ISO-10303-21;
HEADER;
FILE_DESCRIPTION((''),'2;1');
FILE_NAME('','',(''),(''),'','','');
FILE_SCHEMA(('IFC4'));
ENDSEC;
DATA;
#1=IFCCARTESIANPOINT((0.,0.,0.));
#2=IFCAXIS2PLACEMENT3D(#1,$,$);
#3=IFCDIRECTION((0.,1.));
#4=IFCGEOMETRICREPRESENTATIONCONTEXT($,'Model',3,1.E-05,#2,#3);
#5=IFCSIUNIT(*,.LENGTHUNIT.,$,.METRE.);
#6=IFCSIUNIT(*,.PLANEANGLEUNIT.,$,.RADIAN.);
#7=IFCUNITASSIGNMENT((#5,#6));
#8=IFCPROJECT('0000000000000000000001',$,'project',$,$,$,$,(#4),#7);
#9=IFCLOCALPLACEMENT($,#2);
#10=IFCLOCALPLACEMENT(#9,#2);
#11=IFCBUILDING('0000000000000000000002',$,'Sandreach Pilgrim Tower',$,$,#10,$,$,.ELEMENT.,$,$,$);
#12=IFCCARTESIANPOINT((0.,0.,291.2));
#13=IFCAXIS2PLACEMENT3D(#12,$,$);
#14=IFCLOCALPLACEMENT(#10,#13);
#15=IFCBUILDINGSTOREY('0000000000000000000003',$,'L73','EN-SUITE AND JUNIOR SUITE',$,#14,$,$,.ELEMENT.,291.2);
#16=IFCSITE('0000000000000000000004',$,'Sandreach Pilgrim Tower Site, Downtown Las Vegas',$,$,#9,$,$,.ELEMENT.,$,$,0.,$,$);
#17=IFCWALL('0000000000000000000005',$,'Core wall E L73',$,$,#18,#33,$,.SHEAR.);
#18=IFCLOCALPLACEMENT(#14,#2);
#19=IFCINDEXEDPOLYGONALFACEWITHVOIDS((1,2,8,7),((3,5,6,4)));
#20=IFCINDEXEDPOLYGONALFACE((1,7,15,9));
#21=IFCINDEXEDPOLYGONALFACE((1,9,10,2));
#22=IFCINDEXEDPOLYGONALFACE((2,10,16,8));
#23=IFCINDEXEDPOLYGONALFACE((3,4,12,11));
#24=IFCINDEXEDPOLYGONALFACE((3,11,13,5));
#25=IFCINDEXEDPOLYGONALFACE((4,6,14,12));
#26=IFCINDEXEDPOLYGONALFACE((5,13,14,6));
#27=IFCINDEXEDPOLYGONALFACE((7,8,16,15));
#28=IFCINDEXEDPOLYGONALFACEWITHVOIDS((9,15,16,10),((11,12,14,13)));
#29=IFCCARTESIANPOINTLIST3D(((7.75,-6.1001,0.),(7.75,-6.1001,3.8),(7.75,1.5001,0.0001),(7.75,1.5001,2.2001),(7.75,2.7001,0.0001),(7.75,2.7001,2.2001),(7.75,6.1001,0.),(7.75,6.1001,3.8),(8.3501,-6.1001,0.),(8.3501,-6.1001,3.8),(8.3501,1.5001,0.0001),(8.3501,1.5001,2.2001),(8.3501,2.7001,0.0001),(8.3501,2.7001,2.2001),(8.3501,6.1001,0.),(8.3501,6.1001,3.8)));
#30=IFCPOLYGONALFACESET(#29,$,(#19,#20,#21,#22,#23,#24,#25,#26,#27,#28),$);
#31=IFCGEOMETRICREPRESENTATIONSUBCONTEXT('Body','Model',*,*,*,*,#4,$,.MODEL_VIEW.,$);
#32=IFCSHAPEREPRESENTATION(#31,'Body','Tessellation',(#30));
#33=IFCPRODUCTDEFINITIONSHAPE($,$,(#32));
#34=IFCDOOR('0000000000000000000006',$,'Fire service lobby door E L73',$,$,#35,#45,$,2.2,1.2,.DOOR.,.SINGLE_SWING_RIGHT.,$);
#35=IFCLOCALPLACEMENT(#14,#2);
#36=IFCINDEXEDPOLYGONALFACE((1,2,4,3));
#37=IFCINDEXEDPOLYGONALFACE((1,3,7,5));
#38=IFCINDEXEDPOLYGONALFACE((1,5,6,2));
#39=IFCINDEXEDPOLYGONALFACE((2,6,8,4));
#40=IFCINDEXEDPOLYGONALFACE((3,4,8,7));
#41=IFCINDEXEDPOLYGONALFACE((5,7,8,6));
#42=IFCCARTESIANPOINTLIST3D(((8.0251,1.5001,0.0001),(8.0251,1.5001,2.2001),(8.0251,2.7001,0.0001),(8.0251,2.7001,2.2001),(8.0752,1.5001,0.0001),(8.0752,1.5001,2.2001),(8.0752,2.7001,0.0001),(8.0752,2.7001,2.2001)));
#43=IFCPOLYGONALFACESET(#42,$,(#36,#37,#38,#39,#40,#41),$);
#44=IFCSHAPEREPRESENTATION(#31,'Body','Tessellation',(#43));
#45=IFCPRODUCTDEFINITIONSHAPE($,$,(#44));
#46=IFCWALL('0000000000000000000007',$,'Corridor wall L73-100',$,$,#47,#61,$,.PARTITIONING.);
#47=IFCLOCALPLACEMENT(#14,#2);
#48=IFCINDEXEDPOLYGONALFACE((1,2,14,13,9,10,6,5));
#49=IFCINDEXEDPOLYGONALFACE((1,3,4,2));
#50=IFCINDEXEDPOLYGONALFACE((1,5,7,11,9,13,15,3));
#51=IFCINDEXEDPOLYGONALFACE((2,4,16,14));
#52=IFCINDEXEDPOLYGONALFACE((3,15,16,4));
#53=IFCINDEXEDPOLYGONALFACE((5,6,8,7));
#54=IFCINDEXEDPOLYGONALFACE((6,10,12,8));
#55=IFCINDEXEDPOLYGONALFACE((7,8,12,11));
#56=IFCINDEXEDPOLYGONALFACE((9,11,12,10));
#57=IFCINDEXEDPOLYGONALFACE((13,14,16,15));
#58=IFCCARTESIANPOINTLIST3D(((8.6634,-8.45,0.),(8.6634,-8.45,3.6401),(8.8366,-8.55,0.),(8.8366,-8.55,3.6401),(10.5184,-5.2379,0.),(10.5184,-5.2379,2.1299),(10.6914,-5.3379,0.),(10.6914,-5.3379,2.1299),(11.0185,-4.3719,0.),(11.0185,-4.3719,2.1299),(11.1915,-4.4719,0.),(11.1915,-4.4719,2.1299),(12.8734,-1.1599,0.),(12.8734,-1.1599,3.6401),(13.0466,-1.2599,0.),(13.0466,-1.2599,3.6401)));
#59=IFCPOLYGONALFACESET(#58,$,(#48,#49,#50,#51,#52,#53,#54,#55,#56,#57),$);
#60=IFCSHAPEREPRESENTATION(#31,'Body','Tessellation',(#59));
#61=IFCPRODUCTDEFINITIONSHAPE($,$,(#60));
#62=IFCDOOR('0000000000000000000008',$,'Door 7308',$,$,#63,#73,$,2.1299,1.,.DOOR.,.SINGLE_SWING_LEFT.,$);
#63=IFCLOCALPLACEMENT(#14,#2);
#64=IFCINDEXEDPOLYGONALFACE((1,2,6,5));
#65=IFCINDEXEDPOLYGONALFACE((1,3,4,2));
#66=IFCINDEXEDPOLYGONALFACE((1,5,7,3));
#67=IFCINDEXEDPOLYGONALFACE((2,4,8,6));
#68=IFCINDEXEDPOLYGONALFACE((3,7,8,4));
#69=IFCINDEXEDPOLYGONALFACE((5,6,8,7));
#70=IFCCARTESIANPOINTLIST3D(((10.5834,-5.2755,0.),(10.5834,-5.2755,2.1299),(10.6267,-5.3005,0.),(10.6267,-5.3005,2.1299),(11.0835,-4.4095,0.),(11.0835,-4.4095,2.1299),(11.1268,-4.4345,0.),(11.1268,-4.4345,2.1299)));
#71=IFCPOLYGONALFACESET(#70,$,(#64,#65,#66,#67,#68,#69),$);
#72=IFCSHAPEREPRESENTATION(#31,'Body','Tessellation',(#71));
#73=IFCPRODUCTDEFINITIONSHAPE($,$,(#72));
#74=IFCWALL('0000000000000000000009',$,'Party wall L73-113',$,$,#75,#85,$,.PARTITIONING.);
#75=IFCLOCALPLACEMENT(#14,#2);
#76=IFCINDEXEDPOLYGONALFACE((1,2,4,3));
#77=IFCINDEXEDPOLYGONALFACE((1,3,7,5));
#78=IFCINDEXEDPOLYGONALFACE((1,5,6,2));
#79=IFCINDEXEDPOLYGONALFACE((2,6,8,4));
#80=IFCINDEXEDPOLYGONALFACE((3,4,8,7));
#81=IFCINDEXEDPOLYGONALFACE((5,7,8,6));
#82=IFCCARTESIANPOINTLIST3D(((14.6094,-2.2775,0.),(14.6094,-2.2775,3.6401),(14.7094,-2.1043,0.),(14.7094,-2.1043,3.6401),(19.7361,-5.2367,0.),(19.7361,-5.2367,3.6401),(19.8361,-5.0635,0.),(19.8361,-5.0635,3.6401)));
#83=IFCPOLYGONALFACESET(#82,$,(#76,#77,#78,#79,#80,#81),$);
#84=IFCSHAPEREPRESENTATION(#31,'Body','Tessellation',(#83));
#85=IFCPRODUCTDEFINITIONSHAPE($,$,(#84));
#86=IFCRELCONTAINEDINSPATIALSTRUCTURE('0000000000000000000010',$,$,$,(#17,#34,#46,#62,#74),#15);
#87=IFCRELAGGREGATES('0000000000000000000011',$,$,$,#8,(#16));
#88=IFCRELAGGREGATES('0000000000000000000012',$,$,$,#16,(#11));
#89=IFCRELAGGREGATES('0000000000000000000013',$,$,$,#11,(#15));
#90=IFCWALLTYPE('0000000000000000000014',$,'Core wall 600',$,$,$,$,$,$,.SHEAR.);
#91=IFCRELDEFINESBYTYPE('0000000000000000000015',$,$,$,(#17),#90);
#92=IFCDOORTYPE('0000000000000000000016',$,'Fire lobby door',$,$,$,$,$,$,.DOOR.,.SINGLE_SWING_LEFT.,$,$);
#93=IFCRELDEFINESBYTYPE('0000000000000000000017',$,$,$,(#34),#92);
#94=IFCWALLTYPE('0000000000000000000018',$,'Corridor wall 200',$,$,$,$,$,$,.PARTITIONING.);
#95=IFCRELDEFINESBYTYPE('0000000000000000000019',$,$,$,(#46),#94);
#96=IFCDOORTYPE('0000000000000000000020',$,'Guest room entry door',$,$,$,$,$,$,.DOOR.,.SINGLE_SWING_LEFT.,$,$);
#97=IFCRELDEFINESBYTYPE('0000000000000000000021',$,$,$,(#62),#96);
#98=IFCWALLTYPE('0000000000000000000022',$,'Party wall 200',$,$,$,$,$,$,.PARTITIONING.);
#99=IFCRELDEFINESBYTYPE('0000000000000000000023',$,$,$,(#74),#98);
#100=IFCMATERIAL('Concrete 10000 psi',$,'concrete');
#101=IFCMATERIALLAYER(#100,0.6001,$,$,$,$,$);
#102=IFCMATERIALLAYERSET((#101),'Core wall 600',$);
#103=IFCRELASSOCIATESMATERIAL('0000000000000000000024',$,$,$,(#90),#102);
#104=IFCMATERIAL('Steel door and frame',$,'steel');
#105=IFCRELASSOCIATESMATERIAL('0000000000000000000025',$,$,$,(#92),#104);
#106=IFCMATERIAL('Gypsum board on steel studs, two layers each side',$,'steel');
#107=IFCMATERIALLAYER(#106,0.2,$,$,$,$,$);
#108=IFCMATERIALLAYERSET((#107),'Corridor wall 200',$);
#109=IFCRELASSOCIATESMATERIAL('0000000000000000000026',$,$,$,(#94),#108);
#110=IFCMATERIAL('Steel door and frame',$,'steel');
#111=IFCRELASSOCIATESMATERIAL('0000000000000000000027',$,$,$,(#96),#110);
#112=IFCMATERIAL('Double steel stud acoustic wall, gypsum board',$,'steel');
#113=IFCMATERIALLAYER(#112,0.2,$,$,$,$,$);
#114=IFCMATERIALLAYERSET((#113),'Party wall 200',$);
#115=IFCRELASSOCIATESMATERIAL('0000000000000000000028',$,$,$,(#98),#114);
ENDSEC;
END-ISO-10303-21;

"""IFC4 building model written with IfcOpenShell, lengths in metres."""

from ifc_helpers import new_model, si_unit, direction, frame, frame_2d, origin, place, context, subcontext, project, spatial, rectangle, extrude, material, layer, layer_set, type_object, element, fill, save


model = new_model("IFC4")

# Units and contexts
model_context = context("Model", 3, precision=1e-05, world=origin(), true_north=direction((0.0, 1.0)))
body_context = subcontext(model_context, "Body", "Model", "MODEL_VIEW")
ifc_project = project(units=[si_unit("LENGTHUNIT", "METRE"), si_unit("PLANEANGLEUNIT", "RADIAN")], contexts=[model_context])

# Site, building, storey
site_placement = place(None, origin())
site = spatial("IfcSite", under=ifc_project, at=site_placement, Name="Sandreach Pilgrim Tower Site, Downtown Las Vegas", CompositionType="ELEMENT", RefElevation=0.0)
building_placement = place(site_placement, origin())
building = spatial("IfcBuilding", under=site, at=building_placement, Name="Sandreach Pilgrim Tower", CompositionType="ELEMENT")
storey_placement = place(building_placement, frame((0.0, 0.0, 291.2)))
storey = spatial("IfcBuildingStorey", under=building, at=storey_placement, Name="L73", Description="EN-SUITE AND JUNIOR SUITE", CompositionType="ELEMENT", Elevation=291.2)

# Walls, openings, doors
ifc_material_1 = material(Name="Concrete 10000 psi", Category="concrete")
ifc_layer_1 = layer(ifc_material_1, 0.6001)
ifc_layer_set_1 = layer_set([ifc_layer_1], Name="Core wall 600")
wall_type_1 = type_object("IfcWallType", Name="Core wall 600", PredefinedType="SHEAR", material=ifc_layer_set_1)
wall_1_placement = place(storey_placement, frame((8.05, -6.1001, 0.0), z_axis=(0.0, 0.0, 1.0), x_axis=(0.0, 1.0, 0.0)))
wall_1 = element("IfcWall", 1, at=wall_1_placement, inside=storey, type_object=wall_type_1, Name="Core wall E L73", PredefinedType="SHEAR", context=body_context, shape_type="SweptSolid", body=[
    extrude(rectangle(XDim=12.2002, YDim=0.6001, at=frame_2d((6.1001, 0.0))), origin(), (0.0, 0.0, 1.0), 3.8),
])
opening_1_placement = place(wall_1_placement, frame((7.6001, 0.0, 0.0)))
opening_1 = element("IfcOpeningElement", 2, at=opening_1_placement, cuts=wall_1, PredefinedType="OPENING", context=body_context, shape_type="SweptSolid", body=[
    extrude(rectangle(XDim=1.2, YDim=2.2, at=frame_2d((0.6001, 1.1001))), frame((0.0, 0.3, 0.0), z_axis=(0.0, -1.0, 0.0), x_axis=(1.0, 0.0, 0.0)), (0.0, 0.0, 1.0), 0.6001),
])
ifc_material_2 = material(Name="Steel door and frame", Category="steel")
door_type_1 = type_object("IfcDoorType", Name="Fire lobby door", OperationType="SINGLE_SWING_LEFT", PredefinedType="DOOR", material=ifc_material_2)
door_1_placement = place(opening_1_placement, origin())
door_1 = element("IfcDoor", 3, at=door_1_placement, inside=storey, type_object=door_type_1, Name="Fire service lobby door E L73", OperationType="SINGLE_SWING_RIGHT", OverallHeight=2.2, OverallWidth=1.2, PredefinedType="DOOR", context=body_context, shape_type="SweptSolid", body=[
    extrude(rectangle(XDim=1.2, YDim=2.2, at=frame_2d((0.6001, 1.1001))), frame((0.0, 0.0249, 0.0), z_axis=(0.0, -1.0, 0.0), x_axis=(1.0, 0.0, 0.0)), (0.0, 0.0, 1.0), 0.05),
])
fill(opening_1, door_1)
ifc_material_3 = material(Name="Gypsum board on steel studs, two layers each side", Category="steel")
ifc_layer_2 = layer(ifc_material_3, 0.2)
ifc_layer_set_2 = layer_set([ifc_layer_2], Name="Corridor wall 200")
wall_type_2 = type_object("IfcWallType", Name="Corridor wall 200", PredefinedType="PARTITIONING", material=ifc_layer_set_2)
wall_2_placement = place(storey_placement, frame((8.75, -8.5, 0.0), z_axis=(0.0, 0.0, 1.0), x_axis=(0.500094, 0.865971, 0.0)))
wall_2 = element("IfcWall", 4, at=wall_2_placement, inside=storey, type_object=wall_type_2, Name="Corridor wall L73-100", PredefinedType="PARTITIONING", context=body_context, shape_type="SweptSolid", body=[
    extrude(rectangle(XDim=8.4185, YDim=0.2, at=frame_2d((4.2092, 0.0))), origin(), (0.0, 0.0, 1.0), 3.6401),
])
opening_2_placement = place(wall_2_placement, frame((3.7092, 0.0, 0.0)))
opening_2 = element("IfcOpeningElement", 5, at=opening_2_placement, cuts=wall_2, PredefinedType="OPENING", context=body_context, shape_type="SweptSolid", body=[
    extrude(rectangle(XDim=1.0, YDim=2.1299, at=frame_2d((0.5, 1.0649))), frame((0.0, 0.1001, 0.0), z_axis=(0.0, -1.0, 0.0), x_axis=(1.0, 0.0, 0.0)), (0.0, 0.0, 1.0), 0.2),
])
ifc_material_4 = material(Name="Steel door and frame", Category="steel")
door_type_2 = type_object("IfcDoorType", Name="Guest room entry door", OperationType="SINGLE_SWING_LEFT", PredefinedType="DOOR", material=ifc_material_4)
door_2_placement = place(opening_2_placement, origin())
door_2 = element("IfcDoor", 6, at=door_2_placement, inside=storey, type_object=door_type_2, Name="Door 7308", OperationType="SINGLE_SWING_LEFT", OverallHeight=2.1299, OverallWidth=1.0, PredefinedType="DOOR", context=body_context, shape_type="SweptSolid", body=[
    extrude(rectangle(XDim=1.0, YDim=2.1299, at=frame_2d((0.5, 1.0649))), frame((0.0, 0.0249, 0.0), z_axis=(0.0, -1.0, 0.0), x_axis=(1.0, 0.0, 0.0)), (0.0, 0.0, 1.0), 0.05),
])
fill(opening_2, door_2)

# Wall
ifc_material_5 = material(Name="Double steel stud acoustic wall, gypsum board", Category="steel")
ifc_layer_3 = layer(ifc_material_5, 0.2)
ifc_layer_set_3 = layer_set([ifc_layer_3], Name="Party wall 200")
wall_type_3 = type_object("IfcWallType", Name="Party wall 200", PredefinedType="PARTITIONING", material=ifc_layer_set_3)
wall_3_placement = place(storey_placement, frame((14.6594, -2.1909, 0.0), z_axis=(0.0, 0.0, 1.0), x_axis=(0.866075, -0.499914, 0.0)))
element("IfcWall", 7, at=wall_3_placement, inside=storey, type_object=wall_type_3, Name="Party wall L73-113", PredefinedType="PARTITIONING", context=body_context, shape_type="SweptSolid", body=[
    extrude(rectangle(XDim=5.9194, YDim=0.2, at=frame_2d((2.9597, 0.0))), origin(), (0.0, 0.0, 1.0), 3.6401),
])

save(model, "model.ifc")
